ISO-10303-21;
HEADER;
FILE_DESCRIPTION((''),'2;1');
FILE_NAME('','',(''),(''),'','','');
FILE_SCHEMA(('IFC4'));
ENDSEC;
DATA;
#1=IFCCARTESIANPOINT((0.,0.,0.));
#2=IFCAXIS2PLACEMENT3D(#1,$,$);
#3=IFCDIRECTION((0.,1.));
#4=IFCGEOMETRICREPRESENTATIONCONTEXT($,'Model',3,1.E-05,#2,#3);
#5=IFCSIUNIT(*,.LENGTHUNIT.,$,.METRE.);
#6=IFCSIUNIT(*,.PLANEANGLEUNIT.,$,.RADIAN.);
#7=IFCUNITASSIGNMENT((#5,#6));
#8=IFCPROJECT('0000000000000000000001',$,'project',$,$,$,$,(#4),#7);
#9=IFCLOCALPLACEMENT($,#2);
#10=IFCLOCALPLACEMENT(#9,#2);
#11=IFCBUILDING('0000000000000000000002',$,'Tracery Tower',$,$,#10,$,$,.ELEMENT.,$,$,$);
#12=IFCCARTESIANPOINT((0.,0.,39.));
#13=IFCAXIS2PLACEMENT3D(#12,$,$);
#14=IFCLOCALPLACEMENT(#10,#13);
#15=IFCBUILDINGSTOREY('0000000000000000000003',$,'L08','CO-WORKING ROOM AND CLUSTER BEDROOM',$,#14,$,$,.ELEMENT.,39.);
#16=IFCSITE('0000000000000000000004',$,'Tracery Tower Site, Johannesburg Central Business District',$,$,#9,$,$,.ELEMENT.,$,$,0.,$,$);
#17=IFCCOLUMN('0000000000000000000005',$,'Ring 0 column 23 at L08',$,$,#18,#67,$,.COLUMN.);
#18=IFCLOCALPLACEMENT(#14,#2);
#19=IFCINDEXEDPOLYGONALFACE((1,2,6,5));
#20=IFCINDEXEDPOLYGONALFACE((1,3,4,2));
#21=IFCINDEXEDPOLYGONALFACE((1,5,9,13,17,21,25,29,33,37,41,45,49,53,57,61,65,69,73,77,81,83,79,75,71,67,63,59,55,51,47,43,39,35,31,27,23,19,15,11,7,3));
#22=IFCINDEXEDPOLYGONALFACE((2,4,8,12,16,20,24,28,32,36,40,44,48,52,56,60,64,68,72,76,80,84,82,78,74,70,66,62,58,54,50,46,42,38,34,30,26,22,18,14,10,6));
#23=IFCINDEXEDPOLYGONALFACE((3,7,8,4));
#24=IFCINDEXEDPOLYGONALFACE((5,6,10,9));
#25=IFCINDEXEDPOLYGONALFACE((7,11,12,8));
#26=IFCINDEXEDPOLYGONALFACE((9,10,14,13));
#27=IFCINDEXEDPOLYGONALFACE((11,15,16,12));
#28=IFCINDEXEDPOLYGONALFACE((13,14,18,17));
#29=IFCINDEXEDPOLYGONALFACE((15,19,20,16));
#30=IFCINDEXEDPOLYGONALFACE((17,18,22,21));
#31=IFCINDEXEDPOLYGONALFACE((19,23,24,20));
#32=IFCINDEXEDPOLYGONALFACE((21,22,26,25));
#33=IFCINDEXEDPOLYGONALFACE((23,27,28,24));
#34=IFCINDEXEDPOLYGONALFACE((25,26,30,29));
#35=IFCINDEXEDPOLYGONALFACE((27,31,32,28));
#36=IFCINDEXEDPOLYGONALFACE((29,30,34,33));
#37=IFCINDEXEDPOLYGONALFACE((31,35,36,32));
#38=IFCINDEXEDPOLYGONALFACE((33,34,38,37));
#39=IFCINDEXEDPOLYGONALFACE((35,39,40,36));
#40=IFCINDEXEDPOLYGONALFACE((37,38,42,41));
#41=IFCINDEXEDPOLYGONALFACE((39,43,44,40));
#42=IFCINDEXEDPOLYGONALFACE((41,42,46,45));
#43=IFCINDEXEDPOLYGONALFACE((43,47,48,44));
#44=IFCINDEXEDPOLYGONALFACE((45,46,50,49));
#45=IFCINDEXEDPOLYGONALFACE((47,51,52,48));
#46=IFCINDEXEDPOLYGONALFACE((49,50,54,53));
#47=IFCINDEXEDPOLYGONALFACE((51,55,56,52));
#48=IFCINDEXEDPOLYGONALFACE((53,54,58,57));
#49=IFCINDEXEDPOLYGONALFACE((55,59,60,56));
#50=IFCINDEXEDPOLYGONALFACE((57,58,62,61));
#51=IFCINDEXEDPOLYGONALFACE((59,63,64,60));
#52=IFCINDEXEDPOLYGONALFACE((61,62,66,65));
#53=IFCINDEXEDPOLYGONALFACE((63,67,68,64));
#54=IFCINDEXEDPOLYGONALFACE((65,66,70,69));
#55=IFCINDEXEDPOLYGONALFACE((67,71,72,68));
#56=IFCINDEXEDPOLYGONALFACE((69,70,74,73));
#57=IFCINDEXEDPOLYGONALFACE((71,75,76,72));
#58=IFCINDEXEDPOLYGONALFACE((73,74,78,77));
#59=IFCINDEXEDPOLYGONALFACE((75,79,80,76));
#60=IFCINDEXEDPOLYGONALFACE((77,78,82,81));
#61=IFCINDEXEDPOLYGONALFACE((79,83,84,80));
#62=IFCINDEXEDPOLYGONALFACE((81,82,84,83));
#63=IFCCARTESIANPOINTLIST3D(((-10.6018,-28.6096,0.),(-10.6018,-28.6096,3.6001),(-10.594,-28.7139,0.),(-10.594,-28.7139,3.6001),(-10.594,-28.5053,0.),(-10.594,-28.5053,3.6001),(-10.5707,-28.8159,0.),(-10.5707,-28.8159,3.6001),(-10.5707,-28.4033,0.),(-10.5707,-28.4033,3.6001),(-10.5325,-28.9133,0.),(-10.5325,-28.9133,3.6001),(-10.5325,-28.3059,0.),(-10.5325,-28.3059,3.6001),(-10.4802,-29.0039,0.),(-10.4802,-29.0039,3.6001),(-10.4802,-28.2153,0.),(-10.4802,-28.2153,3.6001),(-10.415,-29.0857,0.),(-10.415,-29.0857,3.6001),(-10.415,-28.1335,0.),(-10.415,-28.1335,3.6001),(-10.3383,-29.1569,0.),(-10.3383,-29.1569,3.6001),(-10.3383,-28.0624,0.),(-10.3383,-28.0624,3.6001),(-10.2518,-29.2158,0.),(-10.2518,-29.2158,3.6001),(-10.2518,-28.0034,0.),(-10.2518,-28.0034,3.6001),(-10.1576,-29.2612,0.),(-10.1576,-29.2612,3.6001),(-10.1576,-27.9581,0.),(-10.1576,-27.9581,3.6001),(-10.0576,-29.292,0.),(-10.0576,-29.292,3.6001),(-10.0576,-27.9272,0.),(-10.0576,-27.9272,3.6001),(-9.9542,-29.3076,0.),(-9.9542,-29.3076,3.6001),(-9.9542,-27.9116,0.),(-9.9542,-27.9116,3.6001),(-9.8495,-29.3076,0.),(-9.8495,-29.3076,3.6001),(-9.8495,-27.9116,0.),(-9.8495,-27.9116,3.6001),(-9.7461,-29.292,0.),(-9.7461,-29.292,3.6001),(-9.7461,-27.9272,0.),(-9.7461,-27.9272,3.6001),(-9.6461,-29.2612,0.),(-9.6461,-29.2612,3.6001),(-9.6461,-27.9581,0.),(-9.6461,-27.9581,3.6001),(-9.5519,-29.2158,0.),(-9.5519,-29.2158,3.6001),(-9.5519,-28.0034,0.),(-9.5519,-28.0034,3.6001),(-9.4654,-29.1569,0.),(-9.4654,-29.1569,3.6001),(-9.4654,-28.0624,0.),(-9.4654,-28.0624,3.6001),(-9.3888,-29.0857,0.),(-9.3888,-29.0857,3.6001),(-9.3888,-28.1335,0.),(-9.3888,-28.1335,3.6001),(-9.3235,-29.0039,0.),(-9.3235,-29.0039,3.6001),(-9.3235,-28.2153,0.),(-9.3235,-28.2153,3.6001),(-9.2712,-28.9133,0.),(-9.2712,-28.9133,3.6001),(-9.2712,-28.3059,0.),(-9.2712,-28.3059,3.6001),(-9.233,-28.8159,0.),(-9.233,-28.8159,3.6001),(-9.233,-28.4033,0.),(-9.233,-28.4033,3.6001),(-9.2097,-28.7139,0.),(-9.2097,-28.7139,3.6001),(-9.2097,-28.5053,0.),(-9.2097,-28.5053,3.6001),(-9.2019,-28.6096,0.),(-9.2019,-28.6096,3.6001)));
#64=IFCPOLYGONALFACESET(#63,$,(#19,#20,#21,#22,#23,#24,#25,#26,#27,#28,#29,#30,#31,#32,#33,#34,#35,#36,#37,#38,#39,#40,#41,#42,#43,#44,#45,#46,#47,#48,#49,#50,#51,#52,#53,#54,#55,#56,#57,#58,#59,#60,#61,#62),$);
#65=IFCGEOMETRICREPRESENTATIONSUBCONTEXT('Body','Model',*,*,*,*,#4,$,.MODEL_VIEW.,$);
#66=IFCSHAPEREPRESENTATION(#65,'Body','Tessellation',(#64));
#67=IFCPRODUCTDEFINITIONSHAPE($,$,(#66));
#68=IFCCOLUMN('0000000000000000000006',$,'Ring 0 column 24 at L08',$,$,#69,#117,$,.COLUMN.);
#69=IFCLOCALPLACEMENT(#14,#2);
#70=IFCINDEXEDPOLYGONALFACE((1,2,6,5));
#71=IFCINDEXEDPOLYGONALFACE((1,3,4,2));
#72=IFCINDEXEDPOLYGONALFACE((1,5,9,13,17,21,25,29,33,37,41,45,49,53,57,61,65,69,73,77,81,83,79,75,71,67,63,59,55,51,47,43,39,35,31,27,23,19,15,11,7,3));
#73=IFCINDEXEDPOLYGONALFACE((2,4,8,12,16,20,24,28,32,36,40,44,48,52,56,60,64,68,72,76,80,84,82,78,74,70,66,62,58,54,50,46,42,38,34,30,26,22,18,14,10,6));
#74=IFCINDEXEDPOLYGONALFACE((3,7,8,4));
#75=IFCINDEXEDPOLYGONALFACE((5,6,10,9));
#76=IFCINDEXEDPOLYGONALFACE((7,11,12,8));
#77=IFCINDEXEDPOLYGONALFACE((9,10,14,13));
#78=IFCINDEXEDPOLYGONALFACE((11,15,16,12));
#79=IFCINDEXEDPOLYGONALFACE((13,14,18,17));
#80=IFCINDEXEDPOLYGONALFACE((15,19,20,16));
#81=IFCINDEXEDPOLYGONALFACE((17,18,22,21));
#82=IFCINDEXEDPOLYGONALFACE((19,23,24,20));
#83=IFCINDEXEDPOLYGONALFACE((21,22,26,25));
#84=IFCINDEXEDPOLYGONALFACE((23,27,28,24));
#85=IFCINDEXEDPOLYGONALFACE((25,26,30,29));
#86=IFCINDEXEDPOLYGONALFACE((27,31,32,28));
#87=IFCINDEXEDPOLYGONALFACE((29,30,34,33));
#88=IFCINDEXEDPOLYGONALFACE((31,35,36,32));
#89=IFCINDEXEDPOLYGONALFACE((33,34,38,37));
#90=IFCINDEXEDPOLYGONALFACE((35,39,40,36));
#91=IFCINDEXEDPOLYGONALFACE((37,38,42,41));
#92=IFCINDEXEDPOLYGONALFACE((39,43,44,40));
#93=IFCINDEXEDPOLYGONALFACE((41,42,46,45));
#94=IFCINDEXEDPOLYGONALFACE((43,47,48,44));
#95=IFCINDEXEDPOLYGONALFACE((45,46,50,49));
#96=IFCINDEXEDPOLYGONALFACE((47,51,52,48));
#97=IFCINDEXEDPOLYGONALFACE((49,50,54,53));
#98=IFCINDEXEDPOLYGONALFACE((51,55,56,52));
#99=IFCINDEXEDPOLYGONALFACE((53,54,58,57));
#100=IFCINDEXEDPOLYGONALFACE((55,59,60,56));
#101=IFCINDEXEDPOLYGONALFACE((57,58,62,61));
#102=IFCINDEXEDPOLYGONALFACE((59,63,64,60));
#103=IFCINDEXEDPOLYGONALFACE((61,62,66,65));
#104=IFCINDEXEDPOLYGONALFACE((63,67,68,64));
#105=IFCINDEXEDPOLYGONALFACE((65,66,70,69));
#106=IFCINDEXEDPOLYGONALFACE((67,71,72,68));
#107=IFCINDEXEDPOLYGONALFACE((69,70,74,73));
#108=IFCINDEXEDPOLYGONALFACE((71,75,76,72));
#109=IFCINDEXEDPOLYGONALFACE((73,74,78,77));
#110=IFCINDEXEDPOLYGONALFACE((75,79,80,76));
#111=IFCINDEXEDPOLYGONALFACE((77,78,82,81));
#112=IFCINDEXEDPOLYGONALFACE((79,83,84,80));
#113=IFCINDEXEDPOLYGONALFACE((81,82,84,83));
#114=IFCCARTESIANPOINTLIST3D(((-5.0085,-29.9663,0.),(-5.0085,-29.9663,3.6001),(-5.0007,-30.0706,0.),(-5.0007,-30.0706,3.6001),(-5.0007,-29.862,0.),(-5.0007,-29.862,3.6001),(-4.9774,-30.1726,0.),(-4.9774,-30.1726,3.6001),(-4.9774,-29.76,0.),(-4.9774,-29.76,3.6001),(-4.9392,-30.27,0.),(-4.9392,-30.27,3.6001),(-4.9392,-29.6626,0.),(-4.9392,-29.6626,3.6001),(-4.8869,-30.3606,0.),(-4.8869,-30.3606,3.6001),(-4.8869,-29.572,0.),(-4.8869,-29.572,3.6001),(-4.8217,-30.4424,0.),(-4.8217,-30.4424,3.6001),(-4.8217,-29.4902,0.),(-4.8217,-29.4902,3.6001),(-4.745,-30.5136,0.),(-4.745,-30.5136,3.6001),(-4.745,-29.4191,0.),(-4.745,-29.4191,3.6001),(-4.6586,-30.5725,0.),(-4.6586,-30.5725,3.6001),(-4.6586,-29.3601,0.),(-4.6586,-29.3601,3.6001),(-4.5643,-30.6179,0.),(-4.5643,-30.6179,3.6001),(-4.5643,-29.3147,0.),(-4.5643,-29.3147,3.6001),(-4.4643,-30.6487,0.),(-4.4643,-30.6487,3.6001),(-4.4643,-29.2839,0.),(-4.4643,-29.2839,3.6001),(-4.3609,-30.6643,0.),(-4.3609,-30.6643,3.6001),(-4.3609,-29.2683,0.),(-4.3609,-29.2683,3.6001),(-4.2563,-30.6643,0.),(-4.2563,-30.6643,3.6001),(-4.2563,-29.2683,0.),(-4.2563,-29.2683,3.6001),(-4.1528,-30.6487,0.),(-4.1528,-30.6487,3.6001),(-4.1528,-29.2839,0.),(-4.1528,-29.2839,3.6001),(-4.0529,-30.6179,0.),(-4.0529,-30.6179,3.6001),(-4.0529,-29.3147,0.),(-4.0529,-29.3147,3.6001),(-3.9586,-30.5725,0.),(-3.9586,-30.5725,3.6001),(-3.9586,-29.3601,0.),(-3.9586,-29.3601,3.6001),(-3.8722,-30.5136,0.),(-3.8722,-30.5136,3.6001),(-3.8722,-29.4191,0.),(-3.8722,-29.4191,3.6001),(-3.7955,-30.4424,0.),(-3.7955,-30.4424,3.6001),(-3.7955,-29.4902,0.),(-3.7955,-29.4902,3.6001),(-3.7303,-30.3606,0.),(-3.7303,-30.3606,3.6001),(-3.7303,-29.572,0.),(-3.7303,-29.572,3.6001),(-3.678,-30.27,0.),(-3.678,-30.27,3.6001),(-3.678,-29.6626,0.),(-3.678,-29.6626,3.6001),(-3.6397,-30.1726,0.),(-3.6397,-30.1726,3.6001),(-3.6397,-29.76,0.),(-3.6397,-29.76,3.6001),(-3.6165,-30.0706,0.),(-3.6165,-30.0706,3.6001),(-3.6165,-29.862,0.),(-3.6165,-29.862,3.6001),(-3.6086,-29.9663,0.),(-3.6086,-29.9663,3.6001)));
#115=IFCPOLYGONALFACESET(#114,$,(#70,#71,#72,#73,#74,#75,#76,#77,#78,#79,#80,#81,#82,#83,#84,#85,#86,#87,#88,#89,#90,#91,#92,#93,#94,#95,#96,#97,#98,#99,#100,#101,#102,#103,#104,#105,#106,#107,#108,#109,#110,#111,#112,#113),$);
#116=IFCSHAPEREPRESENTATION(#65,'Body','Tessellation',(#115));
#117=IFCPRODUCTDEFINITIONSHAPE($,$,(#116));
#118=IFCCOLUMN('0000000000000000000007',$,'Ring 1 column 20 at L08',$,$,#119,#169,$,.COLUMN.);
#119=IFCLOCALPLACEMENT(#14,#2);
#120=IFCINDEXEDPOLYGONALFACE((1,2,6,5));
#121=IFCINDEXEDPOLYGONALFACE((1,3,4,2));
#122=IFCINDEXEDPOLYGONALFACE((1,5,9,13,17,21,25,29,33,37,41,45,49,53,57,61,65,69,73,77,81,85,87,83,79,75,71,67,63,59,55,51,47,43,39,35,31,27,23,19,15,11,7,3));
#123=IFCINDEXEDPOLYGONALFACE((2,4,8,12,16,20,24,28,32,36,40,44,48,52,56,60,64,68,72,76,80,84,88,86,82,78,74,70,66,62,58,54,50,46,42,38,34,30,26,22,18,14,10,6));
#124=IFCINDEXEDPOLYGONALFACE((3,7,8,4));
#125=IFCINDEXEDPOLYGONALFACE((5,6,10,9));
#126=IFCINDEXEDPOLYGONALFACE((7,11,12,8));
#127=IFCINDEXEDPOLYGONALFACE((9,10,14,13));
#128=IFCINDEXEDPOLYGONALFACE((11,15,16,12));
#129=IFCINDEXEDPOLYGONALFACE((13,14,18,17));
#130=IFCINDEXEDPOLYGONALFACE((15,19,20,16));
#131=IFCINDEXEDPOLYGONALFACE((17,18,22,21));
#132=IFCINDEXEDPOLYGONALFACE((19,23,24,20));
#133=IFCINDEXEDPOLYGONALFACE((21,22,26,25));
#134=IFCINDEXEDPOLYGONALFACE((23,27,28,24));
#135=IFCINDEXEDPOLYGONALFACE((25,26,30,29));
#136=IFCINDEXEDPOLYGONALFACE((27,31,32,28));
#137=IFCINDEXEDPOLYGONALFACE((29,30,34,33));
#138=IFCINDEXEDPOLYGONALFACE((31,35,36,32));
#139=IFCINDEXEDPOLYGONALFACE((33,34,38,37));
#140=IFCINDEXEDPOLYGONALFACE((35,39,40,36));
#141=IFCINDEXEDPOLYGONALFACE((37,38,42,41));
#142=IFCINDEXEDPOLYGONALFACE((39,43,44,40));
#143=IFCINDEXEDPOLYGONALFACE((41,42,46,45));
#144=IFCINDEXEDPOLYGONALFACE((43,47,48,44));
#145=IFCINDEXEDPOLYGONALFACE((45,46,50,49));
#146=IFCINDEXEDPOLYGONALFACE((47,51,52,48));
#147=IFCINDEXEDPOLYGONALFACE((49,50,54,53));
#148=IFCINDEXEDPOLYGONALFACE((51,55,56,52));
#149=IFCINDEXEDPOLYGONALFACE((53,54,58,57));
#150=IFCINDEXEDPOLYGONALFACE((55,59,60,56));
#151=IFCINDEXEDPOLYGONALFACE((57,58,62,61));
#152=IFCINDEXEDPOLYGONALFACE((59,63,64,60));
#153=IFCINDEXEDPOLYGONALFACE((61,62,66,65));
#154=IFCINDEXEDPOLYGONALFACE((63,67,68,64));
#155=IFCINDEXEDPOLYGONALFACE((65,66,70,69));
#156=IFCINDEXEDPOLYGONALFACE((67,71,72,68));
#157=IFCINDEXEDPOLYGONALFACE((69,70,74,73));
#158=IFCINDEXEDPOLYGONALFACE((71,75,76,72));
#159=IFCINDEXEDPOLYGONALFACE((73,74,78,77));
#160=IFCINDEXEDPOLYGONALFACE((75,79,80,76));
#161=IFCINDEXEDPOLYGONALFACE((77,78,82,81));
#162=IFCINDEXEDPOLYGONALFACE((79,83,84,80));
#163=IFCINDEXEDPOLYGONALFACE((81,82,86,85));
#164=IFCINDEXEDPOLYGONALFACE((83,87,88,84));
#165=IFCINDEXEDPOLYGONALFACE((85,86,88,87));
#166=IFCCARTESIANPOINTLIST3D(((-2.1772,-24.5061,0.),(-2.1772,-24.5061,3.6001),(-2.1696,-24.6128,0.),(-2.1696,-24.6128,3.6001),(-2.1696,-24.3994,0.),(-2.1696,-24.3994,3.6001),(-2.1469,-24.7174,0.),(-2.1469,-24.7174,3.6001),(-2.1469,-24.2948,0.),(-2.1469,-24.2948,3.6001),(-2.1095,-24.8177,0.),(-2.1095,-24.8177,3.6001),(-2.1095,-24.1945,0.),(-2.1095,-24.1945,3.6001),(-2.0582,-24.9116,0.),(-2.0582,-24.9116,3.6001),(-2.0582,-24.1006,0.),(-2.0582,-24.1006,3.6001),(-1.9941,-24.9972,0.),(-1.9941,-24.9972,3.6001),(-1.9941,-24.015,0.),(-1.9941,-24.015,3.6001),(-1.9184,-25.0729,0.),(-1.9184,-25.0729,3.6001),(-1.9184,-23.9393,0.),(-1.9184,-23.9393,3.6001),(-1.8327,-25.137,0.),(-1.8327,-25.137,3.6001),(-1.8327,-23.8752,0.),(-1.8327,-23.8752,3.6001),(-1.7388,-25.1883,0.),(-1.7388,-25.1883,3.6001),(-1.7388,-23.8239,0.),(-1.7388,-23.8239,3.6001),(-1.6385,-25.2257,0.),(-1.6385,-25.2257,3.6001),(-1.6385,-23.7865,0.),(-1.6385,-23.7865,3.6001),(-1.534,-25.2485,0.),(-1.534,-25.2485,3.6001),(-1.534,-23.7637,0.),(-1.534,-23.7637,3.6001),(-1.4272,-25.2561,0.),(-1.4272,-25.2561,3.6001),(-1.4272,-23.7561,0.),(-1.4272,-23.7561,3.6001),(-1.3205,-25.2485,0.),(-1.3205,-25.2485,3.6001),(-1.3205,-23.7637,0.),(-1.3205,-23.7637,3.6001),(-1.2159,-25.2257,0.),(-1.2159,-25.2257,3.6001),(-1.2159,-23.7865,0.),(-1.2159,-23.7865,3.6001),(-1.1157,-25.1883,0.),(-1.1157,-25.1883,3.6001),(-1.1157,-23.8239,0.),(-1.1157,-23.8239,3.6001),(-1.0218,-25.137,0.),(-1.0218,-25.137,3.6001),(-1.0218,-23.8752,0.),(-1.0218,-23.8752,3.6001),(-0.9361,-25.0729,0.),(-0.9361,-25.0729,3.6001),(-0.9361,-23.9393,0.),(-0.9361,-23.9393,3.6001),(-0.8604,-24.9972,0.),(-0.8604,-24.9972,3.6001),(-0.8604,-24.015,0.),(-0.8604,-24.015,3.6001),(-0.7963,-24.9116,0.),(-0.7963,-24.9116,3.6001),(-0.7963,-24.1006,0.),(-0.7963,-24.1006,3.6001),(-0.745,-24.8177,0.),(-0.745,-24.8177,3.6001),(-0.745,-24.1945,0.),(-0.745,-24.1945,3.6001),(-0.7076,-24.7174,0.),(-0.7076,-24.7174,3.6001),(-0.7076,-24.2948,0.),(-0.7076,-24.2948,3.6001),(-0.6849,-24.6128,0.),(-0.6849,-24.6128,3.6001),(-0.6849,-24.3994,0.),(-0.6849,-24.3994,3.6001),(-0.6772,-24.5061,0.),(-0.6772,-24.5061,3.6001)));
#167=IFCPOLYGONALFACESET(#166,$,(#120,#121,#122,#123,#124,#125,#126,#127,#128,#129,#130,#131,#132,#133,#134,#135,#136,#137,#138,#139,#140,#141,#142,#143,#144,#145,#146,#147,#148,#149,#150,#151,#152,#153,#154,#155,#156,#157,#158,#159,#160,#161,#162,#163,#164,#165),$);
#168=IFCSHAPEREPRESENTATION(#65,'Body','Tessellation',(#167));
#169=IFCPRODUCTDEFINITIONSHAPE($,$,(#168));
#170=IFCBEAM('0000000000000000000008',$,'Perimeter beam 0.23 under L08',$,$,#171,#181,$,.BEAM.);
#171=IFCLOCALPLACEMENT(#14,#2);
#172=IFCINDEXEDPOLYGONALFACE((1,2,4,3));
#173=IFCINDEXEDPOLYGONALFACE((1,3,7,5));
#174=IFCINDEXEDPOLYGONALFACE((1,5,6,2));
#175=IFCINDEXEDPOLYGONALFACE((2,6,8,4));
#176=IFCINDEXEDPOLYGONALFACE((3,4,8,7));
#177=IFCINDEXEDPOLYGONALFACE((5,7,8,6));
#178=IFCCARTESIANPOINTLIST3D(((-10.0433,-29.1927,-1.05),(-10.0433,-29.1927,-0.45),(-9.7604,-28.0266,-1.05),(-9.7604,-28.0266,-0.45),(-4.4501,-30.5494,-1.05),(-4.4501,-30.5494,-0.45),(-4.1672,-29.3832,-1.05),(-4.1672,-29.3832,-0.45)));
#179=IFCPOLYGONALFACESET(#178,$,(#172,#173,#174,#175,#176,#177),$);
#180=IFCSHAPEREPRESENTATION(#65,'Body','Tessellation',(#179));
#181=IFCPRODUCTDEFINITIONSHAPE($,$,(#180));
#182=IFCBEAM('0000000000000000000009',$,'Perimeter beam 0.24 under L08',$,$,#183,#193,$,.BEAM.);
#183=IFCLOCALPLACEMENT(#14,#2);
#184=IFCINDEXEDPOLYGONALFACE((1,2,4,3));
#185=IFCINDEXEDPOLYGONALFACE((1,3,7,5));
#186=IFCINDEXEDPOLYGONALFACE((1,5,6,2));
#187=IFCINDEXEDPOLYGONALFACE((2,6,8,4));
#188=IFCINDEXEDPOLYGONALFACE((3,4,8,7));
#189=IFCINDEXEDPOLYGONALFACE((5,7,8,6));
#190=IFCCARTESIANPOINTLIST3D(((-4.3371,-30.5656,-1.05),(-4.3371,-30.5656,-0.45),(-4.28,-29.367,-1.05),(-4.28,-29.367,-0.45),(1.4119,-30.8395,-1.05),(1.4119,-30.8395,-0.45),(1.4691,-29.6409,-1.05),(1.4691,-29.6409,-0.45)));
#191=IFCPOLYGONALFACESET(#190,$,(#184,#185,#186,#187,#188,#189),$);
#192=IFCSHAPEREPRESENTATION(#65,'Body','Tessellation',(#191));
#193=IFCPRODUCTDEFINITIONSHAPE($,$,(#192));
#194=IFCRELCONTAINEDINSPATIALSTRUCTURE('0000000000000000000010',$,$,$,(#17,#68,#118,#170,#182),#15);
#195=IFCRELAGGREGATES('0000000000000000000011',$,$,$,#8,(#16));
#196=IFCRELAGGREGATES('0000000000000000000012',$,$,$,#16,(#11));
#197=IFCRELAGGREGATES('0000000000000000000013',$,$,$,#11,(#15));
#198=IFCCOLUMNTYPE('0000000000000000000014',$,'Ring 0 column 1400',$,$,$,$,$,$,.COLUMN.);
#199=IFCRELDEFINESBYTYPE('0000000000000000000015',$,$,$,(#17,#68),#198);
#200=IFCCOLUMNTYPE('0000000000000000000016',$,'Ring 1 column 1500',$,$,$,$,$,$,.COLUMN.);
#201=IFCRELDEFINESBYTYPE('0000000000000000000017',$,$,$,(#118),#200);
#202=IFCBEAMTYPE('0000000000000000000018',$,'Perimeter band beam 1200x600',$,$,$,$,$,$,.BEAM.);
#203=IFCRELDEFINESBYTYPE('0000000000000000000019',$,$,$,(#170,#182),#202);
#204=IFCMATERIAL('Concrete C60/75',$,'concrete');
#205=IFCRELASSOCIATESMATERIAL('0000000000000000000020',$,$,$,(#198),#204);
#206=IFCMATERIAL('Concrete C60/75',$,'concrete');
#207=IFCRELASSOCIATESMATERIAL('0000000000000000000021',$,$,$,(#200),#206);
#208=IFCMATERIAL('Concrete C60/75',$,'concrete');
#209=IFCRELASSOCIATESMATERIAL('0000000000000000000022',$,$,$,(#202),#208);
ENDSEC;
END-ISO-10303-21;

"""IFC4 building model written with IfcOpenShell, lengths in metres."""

from ifc_helpers import new_model, si_unit, direction, frame, origin, origin_2d, place, context, subcontext, project, spatial, rectangle, circle, extrude, material, material_profile, profile_set, type_object, element, save


model = new_model("IFC4")

# Units and contexts
model_context = context("Model", 3, precision=1e-05, world=origin(), true_north=direction((0.0, 1.0)))
body_context = subcontext(model_context, "Body", "Model", "MODEL_VIEW")
ifc_project = project(units=[si_unit("LENGTHUNIT", "METRE"), si_unit("PLANEANGLEUNIT", "RADIAN")], contexts=[model_context])

# Site, building, storey
site_placement = place(None, origin())
site = spatial("IfcSite", under=ifc_project, at=site_placement, Name="Tracery Tower Site, Johannesburg Central Business District", CompositionType="ELEMENT", RefElevation=0.0)
building_placement = place(site_placement, origin())
building = spatial("IfcBuilding", under=site, at=building_placement, Name="Tracery Tower", CompositionType="ELEMENT")
storey_placement = place(building_placement, frame((0.0, 0.0, 39.0)))
storey = spatial("IfcBuildingStorey", under=building, at=storey_placement, Name="L08", Description="CO-WORKING ROOM AND CLUSTER BEDROOM", CompositionType="ELEMENT", Elevation=39.0)

# Columns
ifc_material_1 = material(Name="Concrete C60/75", Category="concrete")
ifc_material_profile_1 = material_profile(ifc_material_1, circle(Radius=0.7, at=origin_2d()), Name="RC D1400")
ifc_profile_set_1 = profile_set([ifc_material_profile_1], Name="Concrete C60/75")
column_type_1 = type_object("IfcColumnType", Name="Ring 0 column 1400", PredefinedType="COLUMN", material=ifc_profile_set_1)
for number, where, z_axis, x_axis, name in (
    (1, (-9.9019, -28.6096, 0.0), (0.0, 0.0, 1.0), (1.0, 0.0, 0.0), "Ring 0 column 23 at L08"),
    (2, (-4.3086, -29.9663, 0.0), (0.0, 0.0, 1.0), (1.0, 0.0, 0.0), "Ring 0 column 24 at L08"),
):
    element("IfcColumn", number, at=place(storey_placement, frame(where, z_axis=z_axis, x_axis=x_axis)), inside=storey, type_object=column_type_1, Name=name, PredefinedType="COLUMN", context=body_context, shape_type="SweptSolid", body=[
        extrude(circle(Radius=0.7, at=origin_2d()), origin(), (0.0, 0.0, 1.0), 3.6001),
    ])
ifc_material_2 = material(Name="Concrete C60/75", Category="concrete")
ifc_material_profile_2 = material_profile(ifc_material_2, circle(Radius=0.75, at=origin_2d()), Name="RC D1500")
ifc_profile_set_2 = profile_set([ifc_material_profile_2], Name="Concrete C60/75")
column_type_2 = type_object("IfcColumnType", Name="Ring 1 column 1500", PredefinedType="COLUMN", material=ifc_profile_set_2)
column_placement = place(storey_placement, frame((-1.4272, -24.5061, 0.0), z_axis=(0.0, 0.0, 1.0), x_axis=(1.0, 0.0, 0.0)))
element("IfcColumn", 3, at=column_placement, inside=storey, type_object=column_type_2, Name="Ring 1 column 20 at L08", PredefinedType="COLUMN", context=body_context, shape_type="SweptSolid", body=[
    extrude(circle(Radius=0.75, at=origin_2d()), origin(), (0.0, 0.0, 1.0), 3.6001),
])

# Beams
ifc_material_3 = material(Name="Concrete C60/75", Category="concrete")
ifc_material_profile_3 = material_profile(ifc_material_3, rectangle(XDim=1.2, YDim=0.6001, at=origin_2d()), Name="RC 1200x600")
ifc_profile_set_3 = profile_set([ifc_material_profile_3], Name="Concrete C60/75")
beam_type = type_object("IfcBeamType", Name="Perimeter band beam 1200x600", PredefinedType="BEAM", material=ifc_profile_set_3)
beam_1_placement = place(storey_placement, frame((-9.9019, -28.6096, -0.75), z_axis=(0.97182, -0.235723, 0.0), x_axis=(0.235723, 0.97182, 0.0)))
element("IfcBeam", 4, at=beam_1_placement, inside=storey, type_object=beam_type, Name="Perimeter beam 0.23 under L08", PredefinedType="BEAM", context=body_context, shape_type="SweptSolid", body=[
    extrude(rectangle(XDim=1.2, YDim=0.6001, at=origin_2d()), origin(), (0.0, 0.0, 1.0), 5.7554),
])
beam_2_placement = place(storey_placement, frame((-4.3086, -29.9663, -0.75), z_axis=(0.998867, -0.047593, 0.0), x_axis=(0.047593, 0.998867, 0.0)))
element("IfcBeam", 5, at=beam_2_placement, inside=storey, type_object=beam_type, Name="Perimeter beam 0.24 under L08", PredefinedType="BEAM", context=body_context, shape_type="SweptSolid", body=[
    extrude(rectangle(XDim=1.2, YDim=0.6001, at=origin_2d()), origin(), (0.0, 0.0, 1.0), 5.7556),
])

save(model, "model.ifc")
